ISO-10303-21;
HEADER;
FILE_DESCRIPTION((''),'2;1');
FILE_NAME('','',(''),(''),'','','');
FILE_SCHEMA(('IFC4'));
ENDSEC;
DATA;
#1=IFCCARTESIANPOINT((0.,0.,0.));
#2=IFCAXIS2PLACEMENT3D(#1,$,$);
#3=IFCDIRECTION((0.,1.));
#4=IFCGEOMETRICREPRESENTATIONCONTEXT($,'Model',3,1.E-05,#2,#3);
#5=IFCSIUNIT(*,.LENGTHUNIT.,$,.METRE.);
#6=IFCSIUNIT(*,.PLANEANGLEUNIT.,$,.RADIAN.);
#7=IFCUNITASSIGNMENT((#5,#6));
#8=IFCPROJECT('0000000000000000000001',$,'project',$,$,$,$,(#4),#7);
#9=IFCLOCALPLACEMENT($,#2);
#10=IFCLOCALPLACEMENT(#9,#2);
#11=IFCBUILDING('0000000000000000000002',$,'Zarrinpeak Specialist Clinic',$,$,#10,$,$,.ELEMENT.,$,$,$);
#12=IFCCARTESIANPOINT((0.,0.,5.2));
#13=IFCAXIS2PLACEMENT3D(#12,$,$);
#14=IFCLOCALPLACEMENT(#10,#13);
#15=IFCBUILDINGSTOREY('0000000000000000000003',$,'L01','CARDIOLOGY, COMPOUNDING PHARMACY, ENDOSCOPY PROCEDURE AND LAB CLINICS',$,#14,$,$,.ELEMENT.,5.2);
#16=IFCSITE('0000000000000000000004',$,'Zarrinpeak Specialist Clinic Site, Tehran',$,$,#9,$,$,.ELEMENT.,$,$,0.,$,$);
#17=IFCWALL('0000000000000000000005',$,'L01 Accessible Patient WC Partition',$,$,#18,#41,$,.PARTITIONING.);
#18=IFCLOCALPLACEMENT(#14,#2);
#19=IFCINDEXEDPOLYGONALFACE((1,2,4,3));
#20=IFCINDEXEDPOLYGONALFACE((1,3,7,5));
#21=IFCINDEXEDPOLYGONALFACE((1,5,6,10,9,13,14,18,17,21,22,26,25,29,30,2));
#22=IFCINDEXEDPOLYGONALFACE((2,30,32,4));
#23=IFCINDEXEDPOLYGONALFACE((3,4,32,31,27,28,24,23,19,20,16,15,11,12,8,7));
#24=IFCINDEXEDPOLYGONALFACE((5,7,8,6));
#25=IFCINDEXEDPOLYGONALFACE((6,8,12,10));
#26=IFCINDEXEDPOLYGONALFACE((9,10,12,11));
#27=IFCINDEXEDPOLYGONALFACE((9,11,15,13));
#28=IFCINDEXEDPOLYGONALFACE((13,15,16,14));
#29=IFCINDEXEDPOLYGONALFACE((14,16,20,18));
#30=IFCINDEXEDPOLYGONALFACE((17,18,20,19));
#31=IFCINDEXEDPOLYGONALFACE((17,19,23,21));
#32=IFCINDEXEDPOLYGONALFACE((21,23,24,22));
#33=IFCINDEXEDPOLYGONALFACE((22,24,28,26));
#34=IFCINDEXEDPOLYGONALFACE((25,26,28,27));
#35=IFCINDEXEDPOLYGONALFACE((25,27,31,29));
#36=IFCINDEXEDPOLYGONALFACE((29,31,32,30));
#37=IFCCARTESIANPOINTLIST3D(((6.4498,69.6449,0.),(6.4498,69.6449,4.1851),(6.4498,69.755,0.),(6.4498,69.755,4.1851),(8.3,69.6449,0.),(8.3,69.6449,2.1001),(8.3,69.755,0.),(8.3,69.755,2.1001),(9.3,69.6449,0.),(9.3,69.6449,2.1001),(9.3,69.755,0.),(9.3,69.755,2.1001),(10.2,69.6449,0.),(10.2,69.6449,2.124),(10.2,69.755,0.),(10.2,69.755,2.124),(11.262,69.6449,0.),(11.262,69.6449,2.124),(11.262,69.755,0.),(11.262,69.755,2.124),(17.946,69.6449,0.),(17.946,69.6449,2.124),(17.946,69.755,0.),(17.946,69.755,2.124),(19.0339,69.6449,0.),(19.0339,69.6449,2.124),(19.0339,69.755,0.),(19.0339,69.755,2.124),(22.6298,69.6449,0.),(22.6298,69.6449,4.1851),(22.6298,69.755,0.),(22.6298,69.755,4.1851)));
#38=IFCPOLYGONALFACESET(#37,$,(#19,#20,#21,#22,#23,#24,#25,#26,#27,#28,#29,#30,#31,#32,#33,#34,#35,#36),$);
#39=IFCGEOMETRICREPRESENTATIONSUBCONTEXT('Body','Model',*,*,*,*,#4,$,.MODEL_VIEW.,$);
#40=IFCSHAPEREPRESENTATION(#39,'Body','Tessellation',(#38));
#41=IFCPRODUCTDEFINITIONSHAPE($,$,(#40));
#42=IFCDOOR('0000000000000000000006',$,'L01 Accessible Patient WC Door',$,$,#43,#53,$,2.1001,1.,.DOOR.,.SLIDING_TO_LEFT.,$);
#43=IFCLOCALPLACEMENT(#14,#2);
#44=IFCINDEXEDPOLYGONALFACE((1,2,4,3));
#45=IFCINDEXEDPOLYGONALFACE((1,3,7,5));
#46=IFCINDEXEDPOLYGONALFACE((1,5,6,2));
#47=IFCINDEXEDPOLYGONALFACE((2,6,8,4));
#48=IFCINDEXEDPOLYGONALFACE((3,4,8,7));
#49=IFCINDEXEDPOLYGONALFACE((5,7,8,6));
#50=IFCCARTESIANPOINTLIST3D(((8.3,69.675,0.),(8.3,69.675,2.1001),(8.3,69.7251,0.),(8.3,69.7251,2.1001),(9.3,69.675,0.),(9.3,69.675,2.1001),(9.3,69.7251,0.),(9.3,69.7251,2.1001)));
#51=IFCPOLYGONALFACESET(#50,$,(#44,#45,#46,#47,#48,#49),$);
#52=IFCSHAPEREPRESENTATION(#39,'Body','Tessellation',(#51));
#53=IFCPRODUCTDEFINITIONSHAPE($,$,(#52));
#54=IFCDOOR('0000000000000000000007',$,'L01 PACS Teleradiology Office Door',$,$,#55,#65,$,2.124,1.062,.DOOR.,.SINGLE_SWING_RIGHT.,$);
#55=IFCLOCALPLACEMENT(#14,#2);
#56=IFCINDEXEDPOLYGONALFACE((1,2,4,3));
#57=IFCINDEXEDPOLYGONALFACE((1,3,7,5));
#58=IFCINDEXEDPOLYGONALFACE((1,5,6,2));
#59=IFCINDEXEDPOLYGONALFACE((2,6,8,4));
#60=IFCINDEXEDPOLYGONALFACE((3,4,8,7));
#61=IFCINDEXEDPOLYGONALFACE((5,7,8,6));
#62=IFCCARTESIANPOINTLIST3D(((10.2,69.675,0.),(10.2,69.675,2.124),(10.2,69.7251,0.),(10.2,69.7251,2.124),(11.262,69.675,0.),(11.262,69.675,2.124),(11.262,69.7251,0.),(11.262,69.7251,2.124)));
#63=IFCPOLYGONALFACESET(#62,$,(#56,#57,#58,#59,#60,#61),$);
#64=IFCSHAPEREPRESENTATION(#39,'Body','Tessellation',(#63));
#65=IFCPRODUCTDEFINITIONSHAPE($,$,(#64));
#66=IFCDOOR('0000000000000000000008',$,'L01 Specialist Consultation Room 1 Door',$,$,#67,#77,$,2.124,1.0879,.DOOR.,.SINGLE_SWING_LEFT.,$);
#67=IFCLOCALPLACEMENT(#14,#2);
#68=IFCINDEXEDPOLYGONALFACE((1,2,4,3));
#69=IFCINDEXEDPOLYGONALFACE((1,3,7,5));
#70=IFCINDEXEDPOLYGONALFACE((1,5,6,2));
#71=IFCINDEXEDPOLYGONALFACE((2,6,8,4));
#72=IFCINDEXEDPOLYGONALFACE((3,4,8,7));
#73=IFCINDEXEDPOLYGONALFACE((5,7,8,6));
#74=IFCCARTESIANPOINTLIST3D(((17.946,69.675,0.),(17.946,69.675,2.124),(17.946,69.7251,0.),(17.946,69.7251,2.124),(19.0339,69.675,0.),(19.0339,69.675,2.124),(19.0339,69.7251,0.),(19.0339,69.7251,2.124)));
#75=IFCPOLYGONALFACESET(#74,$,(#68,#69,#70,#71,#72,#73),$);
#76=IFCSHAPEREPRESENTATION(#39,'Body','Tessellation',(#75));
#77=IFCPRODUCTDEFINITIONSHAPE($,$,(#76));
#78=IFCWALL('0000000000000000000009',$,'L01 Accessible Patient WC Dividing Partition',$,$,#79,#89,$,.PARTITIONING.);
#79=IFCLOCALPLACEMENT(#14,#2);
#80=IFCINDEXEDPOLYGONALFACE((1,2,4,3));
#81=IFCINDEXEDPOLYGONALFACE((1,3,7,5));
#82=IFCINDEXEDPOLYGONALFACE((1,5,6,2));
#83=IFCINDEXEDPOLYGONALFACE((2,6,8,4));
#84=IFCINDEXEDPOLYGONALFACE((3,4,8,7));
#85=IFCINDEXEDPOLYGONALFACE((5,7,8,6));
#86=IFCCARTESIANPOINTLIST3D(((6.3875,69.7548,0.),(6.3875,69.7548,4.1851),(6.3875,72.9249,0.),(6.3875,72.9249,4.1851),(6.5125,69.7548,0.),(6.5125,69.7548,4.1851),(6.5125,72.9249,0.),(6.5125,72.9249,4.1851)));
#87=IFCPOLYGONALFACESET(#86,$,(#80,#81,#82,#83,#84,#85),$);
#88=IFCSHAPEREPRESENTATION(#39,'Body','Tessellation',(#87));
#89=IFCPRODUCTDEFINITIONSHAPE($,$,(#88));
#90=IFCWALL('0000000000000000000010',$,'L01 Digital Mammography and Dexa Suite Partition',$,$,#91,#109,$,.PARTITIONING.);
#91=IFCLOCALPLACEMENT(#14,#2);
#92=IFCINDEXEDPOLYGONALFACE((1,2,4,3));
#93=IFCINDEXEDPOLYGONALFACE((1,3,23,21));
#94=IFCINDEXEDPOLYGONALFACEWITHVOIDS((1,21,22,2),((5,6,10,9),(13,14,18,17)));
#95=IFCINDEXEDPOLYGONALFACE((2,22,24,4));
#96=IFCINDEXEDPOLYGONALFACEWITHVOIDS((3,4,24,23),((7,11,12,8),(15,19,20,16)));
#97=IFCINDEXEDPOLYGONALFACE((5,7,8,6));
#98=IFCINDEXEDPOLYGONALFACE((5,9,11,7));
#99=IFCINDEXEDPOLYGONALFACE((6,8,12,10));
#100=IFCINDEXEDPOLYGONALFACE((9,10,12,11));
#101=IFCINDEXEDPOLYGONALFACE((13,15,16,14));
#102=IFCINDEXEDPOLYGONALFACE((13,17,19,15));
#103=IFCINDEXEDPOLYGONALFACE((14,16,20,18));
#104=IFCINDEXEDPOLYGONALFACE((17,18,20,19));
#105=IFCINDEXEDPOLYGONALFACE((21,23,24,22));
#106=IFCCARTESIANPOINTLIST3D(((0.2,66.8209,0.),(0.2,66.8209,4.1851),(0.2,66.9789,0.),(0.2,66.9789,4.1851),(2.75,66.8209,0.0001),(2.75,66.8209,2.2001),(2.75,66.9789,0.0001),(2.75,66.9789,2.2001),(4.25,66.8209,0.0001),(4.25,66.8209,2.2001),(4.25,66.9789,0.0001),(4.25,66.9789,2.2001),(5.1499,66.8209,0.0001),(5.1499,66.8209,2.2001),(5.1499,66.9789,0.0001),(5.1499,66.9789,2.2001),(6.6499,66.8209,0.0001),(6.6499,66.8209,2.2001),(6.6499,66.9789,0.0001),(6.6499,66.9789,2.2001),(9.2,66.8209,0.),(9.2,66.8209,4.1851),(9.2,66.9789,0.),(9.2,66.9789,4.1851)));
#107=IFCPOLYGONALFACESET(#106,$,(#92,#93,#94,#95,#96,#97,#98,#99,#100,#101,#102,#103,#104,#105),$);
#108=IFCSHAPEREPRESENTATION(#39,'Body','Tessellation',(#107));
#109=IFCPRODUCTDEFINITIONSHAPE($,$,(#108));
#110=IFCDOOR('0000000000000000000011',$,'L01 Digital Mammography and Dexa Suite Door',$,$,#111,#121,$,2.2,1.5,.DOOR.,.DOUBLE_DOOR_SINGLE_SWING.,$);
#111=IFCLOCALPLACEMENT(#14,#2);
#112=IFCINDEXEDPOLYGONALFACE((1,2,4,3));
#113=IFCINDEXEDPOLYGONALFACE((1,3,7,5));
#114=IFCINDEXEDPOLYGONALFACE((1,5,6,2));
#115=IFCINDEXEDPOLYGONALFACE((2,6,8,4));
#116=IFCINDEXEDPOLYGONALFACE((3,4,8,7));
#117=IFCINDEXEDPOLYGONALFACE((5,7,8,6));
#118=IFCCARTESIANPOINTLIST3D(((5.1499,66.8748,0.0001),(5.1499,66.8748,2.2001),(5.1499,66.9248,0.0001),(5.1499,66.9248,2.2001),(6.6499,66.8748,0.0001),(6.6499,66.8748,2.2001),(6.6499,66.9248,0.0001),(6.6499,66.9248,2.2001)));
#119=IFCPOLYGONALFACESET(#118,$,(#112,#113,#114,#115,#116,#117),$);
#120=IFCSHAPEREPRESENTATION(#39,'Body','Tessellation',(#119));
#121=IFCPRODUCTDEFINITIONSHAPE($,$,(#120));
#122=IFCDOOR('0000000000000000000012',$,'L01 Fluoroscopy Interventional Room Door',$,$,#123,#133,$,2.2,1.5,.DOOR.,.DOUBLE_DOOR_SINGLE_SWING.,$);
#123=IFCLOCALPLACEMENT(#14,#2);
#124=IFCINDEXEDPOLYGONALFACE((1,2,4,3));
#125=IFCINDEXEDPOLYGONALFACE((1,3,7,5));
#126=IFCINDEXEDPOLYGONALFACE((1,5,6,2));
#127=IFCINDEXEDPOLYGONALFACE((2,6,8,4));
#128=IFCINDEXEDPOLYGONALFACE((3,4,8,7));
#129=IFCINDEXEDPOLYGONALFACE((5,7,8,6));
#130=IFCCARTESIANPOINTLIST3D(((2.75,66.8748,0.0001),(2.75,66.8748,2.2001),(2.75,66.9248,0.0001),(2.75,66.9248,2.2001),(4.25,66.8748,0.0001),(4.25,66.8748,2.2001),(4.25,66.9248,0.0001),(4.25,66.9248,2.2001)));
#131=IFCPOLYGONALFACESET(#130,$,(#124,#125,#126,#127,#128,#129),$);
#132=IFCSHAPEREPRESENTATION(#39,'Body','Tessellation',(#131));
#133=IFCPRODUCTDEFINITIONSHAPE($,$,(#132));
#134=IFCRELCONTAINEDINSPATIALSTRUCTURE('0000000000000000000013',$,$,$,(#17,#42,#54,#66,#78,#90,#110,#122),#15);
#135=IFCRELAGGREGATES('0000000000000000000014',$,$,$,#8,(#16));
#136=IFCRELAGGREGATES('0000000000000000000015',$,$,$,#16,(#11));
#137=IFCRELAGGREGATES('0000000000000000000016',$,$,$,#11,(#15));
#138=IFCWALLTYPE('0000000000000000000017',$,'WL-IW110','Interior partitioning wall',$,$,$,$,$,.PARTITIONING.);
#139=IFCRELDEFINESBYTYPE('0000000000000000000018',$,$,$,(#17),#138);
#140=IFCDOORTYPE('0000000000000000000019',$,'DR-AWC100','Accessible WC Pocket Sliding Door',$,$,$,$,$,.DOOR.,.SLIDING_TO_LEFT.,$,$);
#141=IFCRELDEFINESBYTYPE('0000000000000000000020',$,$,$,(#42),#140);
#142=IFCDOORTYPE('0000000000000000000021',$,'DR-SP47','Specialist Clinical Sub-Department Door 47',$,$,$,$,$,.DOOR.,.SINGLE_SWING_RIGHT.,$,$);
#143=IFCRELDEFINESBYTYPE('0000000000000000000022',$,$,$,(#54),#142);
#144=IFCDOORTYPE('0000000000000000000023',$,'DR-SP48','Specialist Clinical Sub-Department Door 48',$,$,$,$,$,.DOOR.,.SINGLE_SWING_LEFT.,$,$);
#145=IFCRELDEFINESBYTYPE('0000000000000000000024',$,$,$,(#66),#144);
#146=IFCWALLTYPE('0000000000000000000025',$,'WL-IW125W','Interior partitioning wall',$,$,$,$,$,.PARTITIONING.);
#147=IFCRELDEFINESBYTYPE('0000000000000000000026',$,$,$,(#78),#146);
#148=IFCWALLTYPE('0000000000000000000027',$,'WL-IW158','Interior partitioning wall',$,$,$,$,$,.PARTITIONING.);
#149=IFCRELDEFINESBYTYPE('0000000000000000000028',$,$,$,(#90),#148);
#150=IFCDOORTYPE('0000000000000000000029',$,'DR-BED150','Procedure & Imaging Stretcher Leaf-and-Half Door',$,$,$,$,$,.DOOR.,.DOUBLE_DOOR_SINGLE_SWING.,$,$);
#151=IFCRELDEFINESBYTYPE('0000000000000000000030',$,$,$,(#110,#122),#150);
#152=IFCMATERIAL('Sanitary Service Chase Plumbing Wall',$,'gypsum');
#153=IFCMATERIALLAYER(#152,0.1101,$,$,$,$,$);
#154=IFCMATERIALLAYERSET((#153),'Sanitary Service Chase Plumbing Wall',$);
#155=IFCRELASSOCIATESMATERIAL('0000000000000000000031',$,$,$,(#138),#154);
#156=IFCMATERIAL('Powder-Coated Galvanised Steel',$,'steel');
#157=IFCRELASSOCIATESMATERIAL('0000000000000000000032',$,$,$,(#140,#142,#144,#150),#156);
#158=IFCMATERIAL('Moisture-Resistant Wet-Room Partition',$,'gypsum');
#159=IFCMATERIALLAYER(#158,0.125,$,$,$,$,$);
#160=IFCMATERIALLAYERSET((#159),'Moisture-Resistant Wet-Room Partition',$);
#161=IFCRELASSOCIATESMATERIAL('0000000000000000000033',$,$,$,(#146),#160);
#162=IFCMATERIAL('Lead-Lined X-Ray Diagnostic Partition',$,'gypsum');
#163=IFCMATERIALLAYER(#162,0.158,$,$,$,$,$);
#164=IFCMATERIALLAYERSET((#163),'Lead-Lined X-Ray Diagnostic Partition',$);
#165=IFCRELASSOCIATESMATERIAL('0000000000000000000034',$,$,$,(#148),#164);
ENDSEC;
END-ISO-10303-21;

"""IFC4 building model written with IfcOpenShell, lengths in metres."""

from ifc_helpers import new_model, si_unit, direction, frame, frame_2d, origin, place, context, subcontext, project, spatial, rectangle, extrude, material, layer, layer_set, type_object, element, fill, save


model = new_model("IFC4")

# Units and contexts
model_context = context("Model", 3, precision=1e-05, world=origin(), true_north=direction((0.0, 1.0)))
body_context = subcontext(model_context, "Body", "Model", "MODEL_VIEW")
ifc_project = project(units=[si_unit("LENGTHUNIT", "METRE"), si_unit("PLANEANGLEUNIT", "RADIAN")], contexts=[model_context])

# Site, building, storey
site_placement = place(None, origin())
site = spatial("IfcSite", under=ifc_project, at=site_placement, Name="Zarrinpeak Specialist Clinic Site, Tehran", CompositionType="ELEMENT", RefElevation=0.0)
building_placement = place(site_placement, origin())
building = spatial("IfcBuilding", under=site, at=building_placement, Name="Zarrinpeak Specialist Clinic", CompositionType="ELEMENT")
storey_placement = place(building_placement, frame((0.0, 0.0, 5.2)))
storey = spatial("IfcBuildingStorey", under=building, at=storey_placement, Name="L01", Description="CARDIOLOGY, COMPOUNDING PHARMACY, ENDOSCOPY PROCEDURE AND LAB CLINICS", CompositionType="ELEMENT", Elevation=5.2)

# Shared definitions
ifc_material_1 = material(Name="Powder-Coated Galvanised Steel", Category="steel")

# Wall, openings, doors
ifc_material_2 = material(Name="Sanitary Service Chase Plumbing Wall", Category="gypsum")
ifc_layer_1 = layer(ifc_material_2, 0.1101)
ifc_layer_set_1 = layer_set([ifc_layer_1], Name="Sanitary Service Chase Plumbing Wall")
wall_type_1 = type_object("IfcWallType", Name="WL-IW110", Description="Interior partitioning wall", PredefinedType="PARTITIONING", material=ifc_layer_set_1)
wall_1_placement = place(storey_placement, frame((6.45, 69.7, 0.0), z_axis=(0.0, 0.0, 1.0), x_axis=(1.0, 0.0, 0.0)))
wall_1 = element("IfcWall", 1, at=wall_1_placement, inside=storey, type_object=wall_type_1, Name="L01 Accessible Patient WC Partition", PredefinedType="PARTITIONING", context=body_context, shape_type="SweptSolid", body=[
    extrude(rectangle(XDim=16.1799, YDim=0.1101, at=frame_2d((8.0898, 0.0))), origin(), (0.0, 0.0, 1.0), 4.1851),
])
opening_1_placement = place(wall_1_placement, frame((1.8501, 0.0, 0.0)))
opening_1 = element("IfcOpeningElement", 2, at=opening_1_placement, cuts=wall_1, PredefinedType="OPENING", context=body_context, shape_type="SweptSolid", body=[
    extrude(rectangle(XDim=1.0, YDim=2.1001, at=frame_2d((0.5, 1.05))), frame((0.0, 0.0649, 0.0), z_axis=(0.0, -1.0, 0.0), x_axis=(1.0, 0.0, 0.0)), (0.0, 0.0, 1.0), 0.1301),
])
opening_2_placement = place(wall_1_placement, frame((3.75, 0.0, 0.0)))
opening_2 = element("IfcOpeningElement", 3, at=opening_2_placement, cuts=wall_1, PredefinedType="OPENING", context=body_context, shape_type="SweptSolid", body=[
    extrude(rectangle(XDim=1.062, YDim=2.124, at=frame_2d((0.531, 1.062))), frame((0.0, 0.0649, 0.0), z_axis=(0.0, -1.0, 0.0), x_axis=(1.0, 0.0, 0.0)), (0.0, 0.0, 1.0), 0.1301),
])
opening_3_placement = place(wall_1_placement, frame((11.4961, 0.0, 0.0)))
opening_3 = element("IfcOpeningElement", 4, at=opening_3_placement, cuts=wall_1, PredefinedType="OPENING", context=body_context, shape_type="SweptSolid", body=[
    extrude(rectangle(XDim=1.0879, YDim=2.124, at=frame_2d((0.5439, 1.062))), frame((0.0, 0.0649, 0.0), z_axis=(0.0, -1.0, 0.0), x_axis=(1.0, 0.0, 0.0)), (0.0, 0.0, 1.0), 0.1301),
])
door_type_1 = type_object("IfcDoorType", Name="DR-AWC100", Description="Accessible WC Pocket Sliding Door", OperationType="SLIDING_TO_LEFT", PredefinedType="DOOR", material=ifc_material_1)
door_1_placement = place(opening_1_placement, frame((1.0, 0.0, 0.0), z_axis=(0.0, 0.0, 1.0), x_axis=(-1.0, 0.0, 0.0)))
door_1 = element("IfcDoor", 5, at=door_1_placement, inside=storey, type_object=door_type_1, Name="L01 Accessible Patient WC Door", OperationType="SLIDING_TO_LEFT", OverallHeight=2.1001, OverallWidth=1.0, PredefinedType="DOOR", context=body_context, shape_type="SweptSolid", body=[
    extrude(rectangle(XDim=1.0, YDim=2.1001, at=frame_2d((0.5, 1.05))), frame((0.0, 0.0249, 0.0), z_axis=(0.0, -1.0, 0.0), x_axis=(1.0, 0.0, 0.0)), (0.0, 0.0, 1.0), 0.05),
])
fill(opening_1, door_1)
door_type_2 = type_object("IfcDoorType", Name="DR-SP47", Description="Specialist Clinical Sub-Department Door 47", OperationType="SINGLE_SWING_RIGHT", PredefinedType="DOOR", material=ifc_material_1)
door_2_placement = place(opening_2_placement, frame((1.062, 0.0, 0.0), z_axis=(0.0, 0.0, 1.0), x_axis=(-1.0, 0.0, 0.0)))
door_2 = element("IfcDoor", 6, at=door_2_placement, inside=storey, type_object=door_type_2, Name="L01 PACS Teleradiology Office Door", OperationType="SINGLE_SWING_RIGHT", OverallHeight=2.124, OverallWidth=1.062, PredefinedType="DOOR", context=body_context, shape_type="SweptSolid", body=[
    extrude(rectangle(XDim=1.062, YDim=2.124, at=frame_2d((0.531, 1.062))), frame((0.0, 0.0249, 0.0), z_axis=(0.0, -1.0, 0.0), x_axis=(1.0, 0.0, 0.0)), (0.0, 0.0, 1.0), 0.05),
])
fill(opening_2, door_2)
door_type_3 = type_object("IfcDoorType", Name="DR-SP48", Description="Specialist Clinical Sub-Department Door 48", OperationType="SINGLE_SWING_LEFT", PredefinedType="DOOR", material=ifc_material_1)
door_3_placement = place(opening_3_placement, frame((1.0879, 0.0, 0.0), z_axis=(0.0, 0.0, 1.0), x_axis=(-1.0, 0.0, 0.0)))
door_3 = element("IfcDoor", 7, at=door_3_placement, inside=storey, type_object=door_type_3, Name="L01 Specialist Consultation Room 1 Door", OperationType="SINGLE_SWING_LEFT", OverallHeight=2.124, OverallWidth=1.0879, PredefinedType="DOOR", context=body_context, shape_type="SweptSolid", body=[
    extrude(rectangle(XDim=1.0879, YDim=2.124, at=frame_2d((0.5439, 1.062))), frame((0.0, 0.0249, 0.0), z_axis=(0.0, -1.0, 0.0), x_axis=(1.0, 0.0, 0.0)), (0.0, 0.0, 1.0), 0.05),
])
fill(opening_3, door_3)

# Wall
ifc_material_3 = material(Name="Moisture-Resistant Wet-Room Partition", Category="gypsum")
ifc_layer_2 = layer(ifc_material_3, 0.125)
ifc_layer_set_2 = layer_set([ifc_layer_2], Name="Moisture-Resistant Wet-Room Partition")
wall_type_2 = type_object("IfcWallType", Name="WL-IW125W", Description="Interior partitioning wall", PredefinedType="PARTITIONING", material=ifc_layer_set_2)
wall_2_placement = place(storey_placement, frame((6.45, 69.7549, 0.0), z_axis=(0.0, 0.0, 1.0), x_axis=(0.0, 1.0, 0.0)))
element("IfcWall", 8, at=wall_2_placement, inside=storey, type_object=wall_type_2, Name="L01 Accessible Patient WC Dividing Partition", PredefinedType="PARTITIONING", context=body_context, shape_type="SweptSolid", body=[
    extrude(rectangle(XDim=3.1702, YDim=0.125, at=frame_2d((1.585, 0.0))), origin(), (0.0, 0.0, 1.0), 4.1851),
])

# Wall, openings, doors
ifc_material_4 = material(Name="Lead-Lined X-Ray Diagnostic Partition", Category="gypsum")
ifc_layer_3 = layer(ifc_material_4, 0.158)
ifc_layer_set_3 = layer_set([ifc_layer_3], Name="Lead-Lined X-Ray Diagnostic Partition")
wall_type_3 = type_object("IfcWallType", Name="WL-IW158", Description="Interior partitioning wall", PredefinedType="PARTITIONING", material=ifc_layer_set_3)
wall_3_placement = place(storey_placement, frame((0.2, 66.8999, 0.0), z_axis=(0.0, 0.0, 1.0), x_axis=(1.0, 0.0, 0.0)))
wall_3 = element("IfcWall", 9, at=wall_3_placement, inside=storey, type_object=wall_type_3, Name="L01 Digital Mammography and Dexa Suite Partition", PredefinedType="PARTITIONING", context=body_context, shape_type="SweptSolid", body=[
    extrude(rectangle(XDim=9.0, YDim=0.158, at=frame_2d((4.5, 0.0))), origin(), (0.0, 0.0, 1.0), 4.1851),
])
opening_4_placement = place(wall_3_placement, frame((4.95, 0.0, 0.0)))
opening_4 = element("IfcOpeningElement", 10, at=opening_4_placement, cuts=wall_3, PredefinedType="OPENING", context=body_context, shape_type="SweptSolid", body=[
    extrude(rectangle(XDim=1.5, YDim=2.2, at=frame_2d((0.75, 1.1001))), frame((0.0, 0.0889, 0.0), z_axis=(0.0, -1.0, 0.0), x_axis=(1.0, 0.0, 0.0)), (0.0, 0.0, 1.0), 0.178),
])
opening_5_placement = place(wall_3_placement, frame((2.55, 0.0, 0.0)))
opening_5 = element("IfcOpeningElement", 11, at=opening_5_placement, cuts=wall_3, PredefinedType="OPENING", context=body_context, shape_type="SweptSolid", body=[
    extrude(rectangle(XDim=1.5, YDim=2.2, at=frame_2d((0.75, 1.1001))), frame((0.0, 0.0889, 0.0), z_axis=(0.0, -1.0, 0.0), x_axis=(1.0, 0.0, 0.0)), (0.0, 0.0, 1.0), 0.178),
])
door_type_4 = type_object("IfcDoorType", Name="DR-BED150", Description="Procedure & Imaging Stretcher Leaf-and-Half Door", OperationType="DOUBLE_DOOR_SINGLE_SWING", PredefinedType="DOOR", material=ifc_material_1)
door_4_placement = place(opening_4_placement, origin())
door_4 = element("IfcDoor", 12, at=door_4_placement, inside=storey, type_object=door_type_4, Name="L01 Digital Mammography and Dexa Suite Door", OperationType="DOUBLE_DOOR_SINGLE_SWING", OverallHeight=2.2, OverallWidth=1.5, PredefinedType="DOOR", context=body_context, shape_type="SweptSolid", body=[
    extrude(rectangle(XDim=1.5, YDim=2.2, at=frame_2d((0.75, 1.1001))), frame((0.0, 0.0249, 0.0), z_axis=(0.0, -1.0, 0.0), x_axis=(1.0, 0.0, 0.0)), (0.0, 0.0, 1.0), 0.05),
])
fill(opening_4, door_4)
door_5_placement = place(opening_5_placement, origin())
door_5 = element("IfcDoor", 13, at=door_5_placement, inside=storey, type_object=door_type_4, Name="L01 Fluoroscopy Interventional Room Door", OperationType="DOUBLE_DOOR_SINGLE_SWING", OverallHeight=2.2, OverallWidth=1.5, PredefinedType="DOOR", context=body_context, shape_type="SweptSolid", body=[
    extrude(rectangle(XDim=1.5, YDim=2.2, at=frame_2d((0.75, 1.1001))), frame((0.0, 0.0249, 0.0), z_axis=(0.0, -1.0, 0.0), x_axis=(1.0, 0.0, 0.0)), (0.0, 0.0, 1.0), 0.05),
])
fill(opening_5, door_5)

save(model, "model.ifc")
